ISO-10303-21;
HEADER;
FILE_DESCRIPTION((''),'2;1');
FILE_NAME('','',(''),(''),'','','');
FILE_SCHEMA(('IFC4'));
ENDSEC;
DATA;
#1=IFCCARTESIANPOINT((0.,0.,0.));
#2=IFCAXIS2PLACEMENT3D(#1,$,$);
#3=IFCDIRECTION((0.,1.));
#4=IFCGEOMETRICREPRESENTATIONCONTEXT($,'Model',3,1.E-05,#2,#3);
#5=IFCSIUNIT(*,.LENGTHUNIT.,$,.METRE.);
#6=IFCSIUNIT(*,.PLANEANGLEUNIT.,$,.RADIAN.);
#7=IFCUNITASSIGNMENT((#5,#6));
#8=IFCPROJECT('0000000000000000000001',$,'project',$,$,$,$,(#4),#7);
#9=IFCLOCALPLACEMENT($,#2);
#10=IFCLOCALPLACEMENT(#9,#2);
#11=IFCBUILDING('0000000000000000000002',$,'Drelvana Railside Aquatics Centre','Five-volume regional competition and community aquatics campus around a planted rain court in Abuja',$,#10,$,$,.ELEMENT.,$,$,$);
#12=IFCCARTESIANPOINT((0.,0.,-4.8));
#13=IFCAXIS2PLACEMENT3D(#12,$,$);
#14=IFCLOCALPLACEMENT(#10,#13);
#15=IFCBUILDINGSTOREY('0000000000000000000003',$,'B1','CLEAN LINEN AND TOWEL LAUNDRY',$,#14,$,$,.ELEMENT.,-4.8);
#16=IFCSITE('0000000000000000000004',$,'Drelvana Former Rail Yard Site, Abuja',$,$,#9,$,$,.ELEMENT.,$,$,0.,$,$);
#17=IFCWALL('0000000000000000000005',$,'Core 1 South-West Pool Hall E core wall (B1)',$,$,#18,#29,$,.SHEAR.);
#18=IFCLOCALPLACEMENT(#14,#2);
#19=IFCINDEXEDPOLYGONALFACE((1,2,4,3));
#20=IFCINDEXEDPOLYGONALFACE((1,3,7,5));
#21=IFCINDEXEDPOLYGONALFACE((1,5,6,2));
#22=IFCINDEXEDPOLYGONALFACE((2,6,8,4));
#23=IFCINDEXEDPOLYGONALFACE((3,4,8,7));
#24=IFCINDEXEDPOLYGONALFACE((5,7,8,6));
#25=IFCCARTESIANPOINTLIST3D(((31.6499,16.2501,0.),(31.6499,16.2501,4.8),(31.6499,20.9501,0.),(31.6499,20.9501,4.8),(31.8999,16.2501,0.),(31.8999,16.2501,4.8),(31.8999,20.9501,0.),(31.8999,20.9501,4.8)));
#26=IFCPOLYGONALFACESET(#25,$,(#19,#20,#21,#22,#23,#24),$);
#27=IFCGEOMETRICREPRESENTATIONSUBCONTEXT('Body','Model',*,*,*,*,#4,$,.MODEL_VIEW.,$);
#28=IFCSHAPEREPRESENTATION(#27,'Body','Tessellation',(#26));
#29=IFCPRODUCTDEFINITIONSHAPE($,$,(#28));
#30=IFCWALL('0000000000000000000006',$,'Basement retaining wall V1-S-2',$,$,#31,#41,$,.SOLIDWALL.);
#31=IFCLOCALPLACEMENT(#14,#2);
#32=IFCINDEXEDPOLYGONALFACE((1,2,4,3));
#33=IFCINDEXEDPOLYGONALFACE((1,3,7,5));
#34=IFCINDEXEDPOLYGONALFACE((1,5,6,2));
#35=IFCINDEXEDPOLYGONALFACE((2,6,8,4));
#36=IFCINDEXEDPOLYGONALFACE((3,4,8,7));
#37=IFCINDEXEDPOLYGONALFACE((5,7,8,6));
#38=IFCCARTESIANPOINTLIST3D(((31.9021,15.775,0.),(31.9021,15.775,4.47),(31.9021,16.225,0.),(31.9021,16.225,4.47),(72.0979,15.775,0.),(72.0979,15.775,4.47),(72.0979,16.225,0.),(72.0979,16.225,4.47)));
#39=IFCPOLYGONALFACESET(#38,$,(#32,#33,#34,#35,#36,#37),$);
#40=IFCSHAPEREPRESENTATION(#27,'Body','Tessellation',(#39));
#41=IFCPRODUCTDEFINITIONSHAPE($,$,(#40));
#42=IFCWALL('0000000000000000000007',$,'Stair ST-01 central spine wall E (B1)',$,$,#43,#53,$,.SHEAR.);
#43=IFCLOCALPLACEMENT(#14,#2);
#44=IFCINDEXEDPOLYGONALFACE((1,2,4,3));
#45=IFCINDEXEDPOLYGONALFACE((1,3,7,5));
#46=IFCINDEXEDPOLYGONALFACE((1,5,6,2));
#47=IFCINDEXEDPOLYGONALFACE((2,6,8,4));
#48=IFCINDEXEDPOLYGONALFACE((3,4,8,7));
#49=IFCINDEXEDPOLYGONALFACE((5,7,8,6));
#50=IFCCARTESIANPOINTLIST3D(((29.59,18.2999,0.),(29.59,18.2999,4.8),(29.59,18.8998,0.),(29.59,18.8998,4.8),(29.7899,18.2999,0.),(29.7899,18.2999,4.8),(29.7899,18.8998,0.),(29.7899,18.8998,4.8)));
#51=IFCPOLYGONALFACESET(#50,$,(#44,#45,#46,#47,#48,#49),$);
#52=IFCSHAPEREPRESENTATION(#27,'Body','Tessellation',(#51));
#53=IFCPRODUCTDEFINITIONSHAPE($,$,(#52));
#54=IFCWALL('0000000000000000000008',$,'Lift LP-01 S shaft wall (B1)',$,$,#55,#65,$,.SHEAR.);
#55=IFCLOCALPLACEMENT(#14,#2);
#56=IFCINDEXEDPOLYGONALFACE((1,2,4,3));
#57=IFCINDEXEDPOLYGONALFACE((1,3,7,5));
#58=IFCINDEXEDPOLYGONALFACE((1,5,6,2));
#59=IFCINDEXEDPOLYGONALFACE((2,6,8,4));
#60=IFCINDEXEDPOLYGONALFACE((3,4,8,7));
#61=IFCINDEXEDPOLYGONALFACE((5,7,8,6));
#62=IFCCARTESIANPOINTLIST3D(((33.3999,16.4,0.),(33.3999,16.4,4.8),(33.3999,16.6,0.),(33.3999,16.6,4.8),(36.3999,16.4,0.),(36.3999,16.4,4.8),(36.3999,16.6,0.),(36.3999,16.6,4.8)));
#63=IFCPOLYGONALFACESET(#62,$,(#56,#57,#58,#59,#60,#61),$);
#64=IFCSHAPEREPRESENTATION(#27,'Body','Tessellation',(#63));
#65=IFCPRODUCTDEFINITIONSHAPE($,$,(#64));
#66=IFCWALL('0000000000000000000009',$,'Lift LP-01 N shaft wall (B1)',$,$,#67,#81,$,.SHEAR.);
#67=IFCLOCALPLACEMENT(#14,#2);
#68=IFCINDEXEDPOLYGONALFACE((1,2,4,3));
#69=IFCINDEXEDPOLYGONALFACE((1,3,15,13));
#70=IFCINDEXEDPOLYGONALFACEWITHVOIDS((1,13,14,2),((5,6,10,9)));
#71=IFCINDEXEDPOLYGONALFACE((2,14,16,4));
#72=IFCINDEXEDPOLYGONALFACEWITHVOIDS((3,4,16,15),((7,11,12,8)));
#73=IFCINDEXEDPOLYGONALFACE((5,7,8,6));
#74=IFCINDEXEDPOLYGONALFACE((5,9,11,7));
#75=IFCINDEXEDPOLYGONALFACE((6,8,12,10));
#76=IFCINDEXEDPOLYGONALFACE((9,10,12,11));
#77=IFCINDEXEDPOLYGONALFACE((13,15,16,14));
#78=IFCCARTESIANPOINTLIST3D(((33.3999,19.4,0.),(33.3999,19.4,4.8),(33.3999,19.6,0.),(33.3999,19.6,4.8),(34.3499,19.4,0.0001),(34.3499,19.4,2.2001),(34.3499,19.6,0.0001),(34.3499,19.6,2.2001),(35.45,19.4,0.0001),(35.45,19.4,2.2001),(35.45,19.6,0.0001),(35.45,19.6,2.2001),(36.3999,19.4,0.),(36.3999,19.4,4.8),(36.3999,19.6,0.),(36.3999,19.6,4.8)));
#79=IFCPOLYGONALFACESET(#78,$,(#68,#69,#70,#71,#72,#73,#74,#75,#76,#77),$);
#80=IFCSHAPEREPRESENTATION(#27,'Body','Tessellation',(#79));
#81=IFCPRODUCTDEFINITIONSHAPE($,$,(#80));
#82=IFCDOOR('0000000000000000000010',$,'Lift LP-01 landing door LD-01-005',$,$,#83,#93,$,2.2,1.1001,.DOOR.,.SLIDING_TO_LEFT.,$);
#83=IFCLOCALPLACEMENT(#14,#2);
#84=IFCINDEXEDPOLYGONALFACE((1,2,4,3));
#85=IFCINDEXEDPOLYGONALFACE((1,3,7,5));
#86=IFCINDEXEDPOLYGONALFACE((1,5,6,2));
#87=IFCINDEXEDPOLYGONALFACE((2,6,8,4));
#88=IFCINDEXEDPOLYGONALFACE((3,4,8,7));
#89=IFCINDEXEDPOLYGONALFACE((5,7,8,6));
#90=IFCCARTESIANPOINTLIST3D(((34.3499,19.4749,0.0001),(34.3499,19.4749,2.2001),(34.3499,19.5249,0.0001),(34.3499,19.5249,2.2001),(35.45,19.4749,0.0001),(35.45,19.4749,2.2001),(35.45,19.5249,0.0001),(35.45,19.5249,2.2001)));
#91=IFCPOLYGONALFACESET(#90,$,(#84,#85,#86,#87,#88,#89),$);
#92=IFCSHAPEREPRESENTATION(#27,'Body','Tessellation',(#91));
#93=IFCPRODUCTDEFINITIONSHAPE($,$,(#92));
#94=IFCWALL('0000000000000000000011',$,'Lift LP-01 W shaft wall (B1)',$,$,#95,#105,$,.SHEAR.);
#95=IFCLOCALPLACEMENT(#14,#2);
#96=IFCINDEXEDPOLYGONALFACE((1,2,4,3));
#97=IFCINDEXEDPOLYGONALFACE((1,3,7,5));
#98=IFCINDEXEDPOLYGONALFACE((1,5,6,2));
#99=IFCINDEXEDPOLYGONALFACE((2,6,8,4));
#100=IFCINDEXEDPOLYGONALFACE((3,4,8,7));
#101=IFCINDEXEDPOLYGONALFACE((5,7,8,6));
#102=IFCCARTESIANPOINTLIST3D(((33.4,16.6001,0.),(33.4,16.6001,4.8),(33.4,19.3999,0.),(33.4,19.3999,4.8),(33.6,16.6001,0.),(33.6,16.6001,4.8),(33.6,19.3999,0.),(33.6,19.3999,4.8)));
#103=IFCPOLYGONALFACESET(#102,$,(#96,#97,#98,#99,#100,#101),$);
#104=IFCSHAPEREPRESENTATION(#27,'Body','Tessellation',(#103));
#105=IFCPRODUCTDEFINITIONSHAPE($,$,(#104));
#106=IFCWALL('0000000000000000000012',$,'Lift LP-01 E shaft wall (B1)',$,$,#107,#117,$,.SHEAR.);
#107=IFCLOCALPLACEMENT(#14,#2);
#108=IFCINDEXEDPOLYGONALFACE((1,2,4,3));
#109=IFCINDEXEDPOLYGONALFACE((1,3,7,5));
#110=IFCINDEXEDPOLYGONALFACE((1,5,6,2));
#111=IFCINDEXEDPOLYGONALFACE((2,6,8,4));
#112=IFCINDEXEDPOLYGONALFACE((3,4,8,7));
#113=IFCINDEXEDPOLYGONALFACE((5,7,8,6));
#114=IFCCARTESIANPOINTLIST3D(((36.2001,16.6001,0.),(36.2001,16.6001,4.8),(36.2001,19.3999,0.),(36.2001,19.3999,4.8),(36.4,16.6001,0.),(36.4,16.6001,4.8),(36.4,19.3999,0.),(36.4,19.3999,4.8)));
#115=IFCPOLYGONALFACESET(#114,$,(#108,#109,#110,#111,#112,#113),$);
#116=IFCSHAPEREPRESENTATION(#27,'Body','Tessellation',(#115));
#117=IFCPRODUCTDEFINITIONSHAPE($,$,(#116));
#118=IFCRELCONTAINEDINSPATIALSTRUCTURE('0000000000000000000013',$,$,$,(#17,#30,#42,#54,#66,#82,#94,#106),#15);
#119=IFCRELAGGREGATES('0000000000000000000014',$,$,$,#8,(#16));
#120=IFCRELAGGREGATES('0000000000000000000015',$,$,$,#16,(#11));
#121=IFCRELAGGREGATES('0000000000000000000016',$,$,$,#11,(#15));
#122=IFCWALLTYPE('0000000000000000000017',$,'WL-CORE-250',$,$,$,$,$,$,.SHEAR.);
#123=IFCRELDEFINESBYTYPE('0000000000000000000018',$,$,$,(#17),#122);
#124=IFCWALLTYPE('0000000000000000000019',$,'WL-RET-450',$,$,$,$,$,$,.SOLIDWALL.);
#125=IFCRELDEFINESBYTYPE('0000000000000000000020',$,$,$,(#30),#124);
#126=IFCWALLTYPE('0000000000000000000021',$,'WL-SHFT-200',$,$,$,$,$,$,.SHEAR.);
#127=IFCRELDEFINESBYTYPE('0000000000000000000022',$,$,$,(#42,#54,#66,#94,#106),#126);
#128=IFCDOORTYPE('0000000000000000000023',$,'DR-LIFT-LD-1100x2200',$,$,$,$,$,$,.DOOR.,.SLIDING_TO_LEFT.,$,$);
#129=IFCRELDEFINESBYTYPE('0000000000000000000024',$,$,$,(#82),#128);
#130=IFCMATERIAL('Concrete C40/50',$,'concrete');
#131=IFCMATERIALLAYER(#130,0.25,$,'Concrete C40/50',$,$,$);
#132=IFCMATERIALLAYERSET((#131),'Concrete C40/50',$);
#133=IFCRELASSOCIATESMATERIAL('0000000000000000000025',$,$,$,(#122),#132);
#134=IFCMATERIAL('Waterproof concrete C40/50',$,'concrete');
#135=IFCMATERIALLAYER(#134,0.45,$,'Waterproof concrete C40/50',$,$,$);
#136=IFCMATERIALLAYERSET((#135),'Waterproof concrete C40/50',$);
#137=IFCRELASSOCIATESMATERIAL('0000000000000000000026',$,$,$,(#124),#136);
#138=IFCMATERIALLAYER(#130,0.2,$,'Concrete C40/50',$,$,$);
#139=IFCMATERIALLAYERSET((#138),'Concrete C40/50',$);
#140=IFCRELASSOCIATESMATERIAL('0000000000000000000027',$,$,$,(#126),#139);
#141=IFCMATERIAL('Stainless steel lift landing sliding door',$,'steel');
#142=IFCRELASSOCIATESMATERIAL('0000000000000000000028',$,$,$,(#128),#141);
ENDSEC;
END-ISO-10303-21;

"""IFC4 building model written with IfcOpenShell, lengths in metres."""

from ifc_helpers import new_model, si_unit, direction, frame, frame_2d, origin, place, context, subcontext, project, spatial, rectangle, extrude, material, layer, layer_set, type_object, element, fill, save


model = new_model("IFC4")

# Units and contexts
model_context = context("Model", 3, precision=1e-05, world=origin(), true_north=direction((0.0, 1.0)))
body_context = subcontext(model_context, "Body", "Model", "MODEL_VIEW")
ifc_project = project(units=[si_unit("LENGTHUNIT", "METRE"), si_unit("PLANEANGLEUNIT", "RADIAN")], contexts=[model_context])

# Site, building, storey
site_placement = place(None, origin())
site = spatial("IfcSite", under=ifc_project, at=site_placement, Name="Drelvana Former Rail Yard Site, Abuja", CompositionType="ELEMENT", RefElevation=0.0)
building_placement = place(site_placement, origin())
building = spatial("IfcBuilding", under=site, at=building_placement, Name="Drelvana Railside Aquatics Centre", Description="Five-volume regional competition and community aquatics campus around a planted rain court in Abuja", CompositionType="ELEMENT")
storey_placement = place(building_placement, frame((0.0, 0.0, -4.8)))
storey = spatial("IfcBuildingStorey", under=building, at=storey_placement, Name="B1", Description="CLEAN LINEN AND TOWEL LAUNDRY", CompositionType="ELEMENT", Elevation=-4.8)

# Shared definitions
ifc_material_1 = material(Name="Concrete C40/50", Category="concrete")

# Walls
ifc_layer_1 = layer(ifc_material_1, 0.25, Name="Concrete C40/50")
ifc_layer_set_1 = layer_set([ifc_layer_1], Name="Concrete C40/50")
wall_type_1 = type_object("IfcWallType", Name="WL-CORE-250", PredefinedType="SHEAR", material=ifc_layer_set_1)
wall_1_placement = place(storey_placement, frame((31.7749, 16.25, 0.0), z_axis=(0.0, 0.0, 1.0), x_axis=(0.0, 1.0, 0.0)))
element("IfcWall", 1, at=wall_1_placement, inside=storey, type_object=wall_type_1, Name="Core 1 South-West Pool Hall E core wall (B1)", PredefinedType="SHEAR", context=body_context, shape_type="SweptSolid", body=[
    extrude(rectangle(XDim=4.7, YDim=0.25, at=frame_2d((2.3501, 0.0))), origin(), (0.0, 0.0, 1.0), 4.8),
])
ifc_material_2 = material(Name="Waterproof concrete C40/50", Category="concrete")
ifc_layer_2 = layer(ifc_material_2, 0.45, Name="Waterproof concrete C40/50")
ifc_layer_set_2 = layer_set([ifc_layer_2], Name="Waterproof concrete C40/50")
wall_type_2 = type_object("IfcWallType", Name="WL-RET-450", PredefinedType="SOLIDWALL", material=ifc_layer_set_2)
wall_2_placement = place(storey_placement, frame((31.9021, 16.0, 0.0), z_axis=(0.0, 0.0, 1.0), x_axis=(1.0, 0.0, 0.0)))
element("IfcWall", 2, at=wall_2_placement, inside=storey, type_object=wall_type_2, Name="Basement retaining wall V1-S-2", PredefinedType="SOLIDWALL", context=body_context, shape_type="SweptSolid", body=[
    extrude(rectangle(XDim=40.1958, YDim=0.45, at=frame_2d((20.0979, 0.0))), origin(), (0.0, 0.0, 1.0), 4.47),
])
ifc_layer_3 = layer(ifc_material_1, 0.2, Name="Concrete C40/50")
ifc_layer_set_3 = layer_set([ifc_layer_3], Name="Concrete C40/50")
wall_type_3 = type_object("IfcWallType", Name="WL-SHFT-200", PredefinedType="SHEAR", material=ifc_layer_set_3)
wall_3_placement = place(storey_placement, frame((29.6899, 18.3, 0.0), z_axis=(0.0, 0.0, 1.0), x_axis=(0.0, 1.0, 0.0)))
element("IfcWall", 3, at=wall_3_placement, inside=storey, type_object=wall_type_3, Name="Stair ST-01 central spine wall E (B1)", PredefinedType="SHEAR", context=body_context, shape_type="SweptSolid", body=[
    extrude(rectangle(XDim=0.5999, YDim=0.2, at=frame_2d((0.2998, 0.0))), origin(), (0.0, 0.0, 1.0), 4.8),
])
wall_4_placement = place(storey_placement, frame((33.3999, 16.5, 0.0), z_axis=(0.0, 0.0, 1.0), x_axis=(1.0, 0.0, 0.0)))
element("IfcWall", 4, at=wall_4_placement, inside=storey, type_object=wall_type_3, Name="Lift LP-01 S shaft wall (B1)", PredefinedType="SHEAR", context=body_context, shape_type="SweptSolid", body=[
    extrude(rectangle(XDim=3.0, YDim=0.2, at=frame_2d((1.5, 0.0))), origin(), (0.0, 0.0, 1.0), 4.8),
])

# Wall, opening, door
wall_5_placement = place(storey_placement, frame((33.3999, 19.5, 0.0), z_axis=(0.0, 0.0, 1.0), x_axis=(1.0, 0.0, 0.0)))
wall_5 = element("IfcWall", 5, at=wall_5_placement, inside=storey, type_object=wall_type_3, Name="Lift LP-01 N shaft wall (B1)", PredefinedType="SHEAR", context=body_context, shape_type="SweptSolid", body=[
    extrude(rectangle(XDim=3.0, YDim=0.2, at=frame_2d((1.5, 0.0))), origin(), (0.0, 0.0, 1.0), 4.8),
])
opening_1_placement = place(wall_5_placement, frame((0.95, 0.0, 0.0)))
opening_1 = element("IfcOpeningElement", 6, at=opening_1_placement, cuts=wall_5, PredefinedType="OPENING", context=body_context, shape_type="SweptSolid", body=[
    extrude(rectangle(XDim=1.1001, YDim=2.2, at=frame_2d((0.55, 1.1001))), frame((0.0, 0.1099, 0.0), z_axis=(0.0, -1.0, 0.0), x_axis=(1.0, 0.0, 0.0)), (0.0, 0.0, 1.0), 0.22),
])
ifc_material_3 = material(Name="Stainless steel lift landing sliding door", Category="steel")
door_type_1 = type_object("IfcDoorType", Name="DR-LIFT-LD-1100x2200", OperationType="SLIDING_TO_LEFT", PredefinedType="DOOR", material=ifc_material_3)
door_1_placement = place(opening_1_placement, origin())
door_1 = element("IfcDoor", 7, at=door_1_placement, inside=storey, type_object=door_type_1, Name="Lift LP-01 landing door LD-01-005", OperationType="SLIDING_TO_LEFT", OverallHeight=2.2, OverallWidth=1.1001, PredefinedType="DOOR", context=body_context, shape_type="SweptSolid", body=[
    extrude(rectangle(XDim=1.1001, YDim=2.2, at=frame_2d((0.55, 1.1001))), frame((0.0, 0.0249, 0.0), z_axis=(0.0, -1.0, 0.0), x_axis=(1.0, 0.0, 0.0)), (0.0, 0.0, 1.0), 0.05),
])
fill(opening_1, door_1)

# Walls
for number, where, z_axis, x_axis, name in (
    (8, (33.5, 16.6001, 0.0), (0.0, 0.0, 1.0), (0.0, 1.0, 0.0), "Lift LP-01 W shaft wall (B1)"),
    (9, (36.3, 16.6001, 0.0), (0.0, 0.0, 1.0), (0.0, 1.0, 0.0), "Lift LP-01 E shaft wall (B1)"),
):
    element("IfcWall", number, at=place(storey_placement, frame(where, z_axis=z_axis, x_axis=x_axis)), inside=storey, type_object=wall_type_3, Name=name, PredefinedType="SHEAR", context=body_context, shape_type="SweptSolid", body=[
        extrude(rectangle(XDim=2.7998, YDim=0.2, at=frame_2d((1.3999, 0.0))), origin(), (0.0, 0.0, 1.0), 4.8),
    ])

save(model, "model.ifc")
